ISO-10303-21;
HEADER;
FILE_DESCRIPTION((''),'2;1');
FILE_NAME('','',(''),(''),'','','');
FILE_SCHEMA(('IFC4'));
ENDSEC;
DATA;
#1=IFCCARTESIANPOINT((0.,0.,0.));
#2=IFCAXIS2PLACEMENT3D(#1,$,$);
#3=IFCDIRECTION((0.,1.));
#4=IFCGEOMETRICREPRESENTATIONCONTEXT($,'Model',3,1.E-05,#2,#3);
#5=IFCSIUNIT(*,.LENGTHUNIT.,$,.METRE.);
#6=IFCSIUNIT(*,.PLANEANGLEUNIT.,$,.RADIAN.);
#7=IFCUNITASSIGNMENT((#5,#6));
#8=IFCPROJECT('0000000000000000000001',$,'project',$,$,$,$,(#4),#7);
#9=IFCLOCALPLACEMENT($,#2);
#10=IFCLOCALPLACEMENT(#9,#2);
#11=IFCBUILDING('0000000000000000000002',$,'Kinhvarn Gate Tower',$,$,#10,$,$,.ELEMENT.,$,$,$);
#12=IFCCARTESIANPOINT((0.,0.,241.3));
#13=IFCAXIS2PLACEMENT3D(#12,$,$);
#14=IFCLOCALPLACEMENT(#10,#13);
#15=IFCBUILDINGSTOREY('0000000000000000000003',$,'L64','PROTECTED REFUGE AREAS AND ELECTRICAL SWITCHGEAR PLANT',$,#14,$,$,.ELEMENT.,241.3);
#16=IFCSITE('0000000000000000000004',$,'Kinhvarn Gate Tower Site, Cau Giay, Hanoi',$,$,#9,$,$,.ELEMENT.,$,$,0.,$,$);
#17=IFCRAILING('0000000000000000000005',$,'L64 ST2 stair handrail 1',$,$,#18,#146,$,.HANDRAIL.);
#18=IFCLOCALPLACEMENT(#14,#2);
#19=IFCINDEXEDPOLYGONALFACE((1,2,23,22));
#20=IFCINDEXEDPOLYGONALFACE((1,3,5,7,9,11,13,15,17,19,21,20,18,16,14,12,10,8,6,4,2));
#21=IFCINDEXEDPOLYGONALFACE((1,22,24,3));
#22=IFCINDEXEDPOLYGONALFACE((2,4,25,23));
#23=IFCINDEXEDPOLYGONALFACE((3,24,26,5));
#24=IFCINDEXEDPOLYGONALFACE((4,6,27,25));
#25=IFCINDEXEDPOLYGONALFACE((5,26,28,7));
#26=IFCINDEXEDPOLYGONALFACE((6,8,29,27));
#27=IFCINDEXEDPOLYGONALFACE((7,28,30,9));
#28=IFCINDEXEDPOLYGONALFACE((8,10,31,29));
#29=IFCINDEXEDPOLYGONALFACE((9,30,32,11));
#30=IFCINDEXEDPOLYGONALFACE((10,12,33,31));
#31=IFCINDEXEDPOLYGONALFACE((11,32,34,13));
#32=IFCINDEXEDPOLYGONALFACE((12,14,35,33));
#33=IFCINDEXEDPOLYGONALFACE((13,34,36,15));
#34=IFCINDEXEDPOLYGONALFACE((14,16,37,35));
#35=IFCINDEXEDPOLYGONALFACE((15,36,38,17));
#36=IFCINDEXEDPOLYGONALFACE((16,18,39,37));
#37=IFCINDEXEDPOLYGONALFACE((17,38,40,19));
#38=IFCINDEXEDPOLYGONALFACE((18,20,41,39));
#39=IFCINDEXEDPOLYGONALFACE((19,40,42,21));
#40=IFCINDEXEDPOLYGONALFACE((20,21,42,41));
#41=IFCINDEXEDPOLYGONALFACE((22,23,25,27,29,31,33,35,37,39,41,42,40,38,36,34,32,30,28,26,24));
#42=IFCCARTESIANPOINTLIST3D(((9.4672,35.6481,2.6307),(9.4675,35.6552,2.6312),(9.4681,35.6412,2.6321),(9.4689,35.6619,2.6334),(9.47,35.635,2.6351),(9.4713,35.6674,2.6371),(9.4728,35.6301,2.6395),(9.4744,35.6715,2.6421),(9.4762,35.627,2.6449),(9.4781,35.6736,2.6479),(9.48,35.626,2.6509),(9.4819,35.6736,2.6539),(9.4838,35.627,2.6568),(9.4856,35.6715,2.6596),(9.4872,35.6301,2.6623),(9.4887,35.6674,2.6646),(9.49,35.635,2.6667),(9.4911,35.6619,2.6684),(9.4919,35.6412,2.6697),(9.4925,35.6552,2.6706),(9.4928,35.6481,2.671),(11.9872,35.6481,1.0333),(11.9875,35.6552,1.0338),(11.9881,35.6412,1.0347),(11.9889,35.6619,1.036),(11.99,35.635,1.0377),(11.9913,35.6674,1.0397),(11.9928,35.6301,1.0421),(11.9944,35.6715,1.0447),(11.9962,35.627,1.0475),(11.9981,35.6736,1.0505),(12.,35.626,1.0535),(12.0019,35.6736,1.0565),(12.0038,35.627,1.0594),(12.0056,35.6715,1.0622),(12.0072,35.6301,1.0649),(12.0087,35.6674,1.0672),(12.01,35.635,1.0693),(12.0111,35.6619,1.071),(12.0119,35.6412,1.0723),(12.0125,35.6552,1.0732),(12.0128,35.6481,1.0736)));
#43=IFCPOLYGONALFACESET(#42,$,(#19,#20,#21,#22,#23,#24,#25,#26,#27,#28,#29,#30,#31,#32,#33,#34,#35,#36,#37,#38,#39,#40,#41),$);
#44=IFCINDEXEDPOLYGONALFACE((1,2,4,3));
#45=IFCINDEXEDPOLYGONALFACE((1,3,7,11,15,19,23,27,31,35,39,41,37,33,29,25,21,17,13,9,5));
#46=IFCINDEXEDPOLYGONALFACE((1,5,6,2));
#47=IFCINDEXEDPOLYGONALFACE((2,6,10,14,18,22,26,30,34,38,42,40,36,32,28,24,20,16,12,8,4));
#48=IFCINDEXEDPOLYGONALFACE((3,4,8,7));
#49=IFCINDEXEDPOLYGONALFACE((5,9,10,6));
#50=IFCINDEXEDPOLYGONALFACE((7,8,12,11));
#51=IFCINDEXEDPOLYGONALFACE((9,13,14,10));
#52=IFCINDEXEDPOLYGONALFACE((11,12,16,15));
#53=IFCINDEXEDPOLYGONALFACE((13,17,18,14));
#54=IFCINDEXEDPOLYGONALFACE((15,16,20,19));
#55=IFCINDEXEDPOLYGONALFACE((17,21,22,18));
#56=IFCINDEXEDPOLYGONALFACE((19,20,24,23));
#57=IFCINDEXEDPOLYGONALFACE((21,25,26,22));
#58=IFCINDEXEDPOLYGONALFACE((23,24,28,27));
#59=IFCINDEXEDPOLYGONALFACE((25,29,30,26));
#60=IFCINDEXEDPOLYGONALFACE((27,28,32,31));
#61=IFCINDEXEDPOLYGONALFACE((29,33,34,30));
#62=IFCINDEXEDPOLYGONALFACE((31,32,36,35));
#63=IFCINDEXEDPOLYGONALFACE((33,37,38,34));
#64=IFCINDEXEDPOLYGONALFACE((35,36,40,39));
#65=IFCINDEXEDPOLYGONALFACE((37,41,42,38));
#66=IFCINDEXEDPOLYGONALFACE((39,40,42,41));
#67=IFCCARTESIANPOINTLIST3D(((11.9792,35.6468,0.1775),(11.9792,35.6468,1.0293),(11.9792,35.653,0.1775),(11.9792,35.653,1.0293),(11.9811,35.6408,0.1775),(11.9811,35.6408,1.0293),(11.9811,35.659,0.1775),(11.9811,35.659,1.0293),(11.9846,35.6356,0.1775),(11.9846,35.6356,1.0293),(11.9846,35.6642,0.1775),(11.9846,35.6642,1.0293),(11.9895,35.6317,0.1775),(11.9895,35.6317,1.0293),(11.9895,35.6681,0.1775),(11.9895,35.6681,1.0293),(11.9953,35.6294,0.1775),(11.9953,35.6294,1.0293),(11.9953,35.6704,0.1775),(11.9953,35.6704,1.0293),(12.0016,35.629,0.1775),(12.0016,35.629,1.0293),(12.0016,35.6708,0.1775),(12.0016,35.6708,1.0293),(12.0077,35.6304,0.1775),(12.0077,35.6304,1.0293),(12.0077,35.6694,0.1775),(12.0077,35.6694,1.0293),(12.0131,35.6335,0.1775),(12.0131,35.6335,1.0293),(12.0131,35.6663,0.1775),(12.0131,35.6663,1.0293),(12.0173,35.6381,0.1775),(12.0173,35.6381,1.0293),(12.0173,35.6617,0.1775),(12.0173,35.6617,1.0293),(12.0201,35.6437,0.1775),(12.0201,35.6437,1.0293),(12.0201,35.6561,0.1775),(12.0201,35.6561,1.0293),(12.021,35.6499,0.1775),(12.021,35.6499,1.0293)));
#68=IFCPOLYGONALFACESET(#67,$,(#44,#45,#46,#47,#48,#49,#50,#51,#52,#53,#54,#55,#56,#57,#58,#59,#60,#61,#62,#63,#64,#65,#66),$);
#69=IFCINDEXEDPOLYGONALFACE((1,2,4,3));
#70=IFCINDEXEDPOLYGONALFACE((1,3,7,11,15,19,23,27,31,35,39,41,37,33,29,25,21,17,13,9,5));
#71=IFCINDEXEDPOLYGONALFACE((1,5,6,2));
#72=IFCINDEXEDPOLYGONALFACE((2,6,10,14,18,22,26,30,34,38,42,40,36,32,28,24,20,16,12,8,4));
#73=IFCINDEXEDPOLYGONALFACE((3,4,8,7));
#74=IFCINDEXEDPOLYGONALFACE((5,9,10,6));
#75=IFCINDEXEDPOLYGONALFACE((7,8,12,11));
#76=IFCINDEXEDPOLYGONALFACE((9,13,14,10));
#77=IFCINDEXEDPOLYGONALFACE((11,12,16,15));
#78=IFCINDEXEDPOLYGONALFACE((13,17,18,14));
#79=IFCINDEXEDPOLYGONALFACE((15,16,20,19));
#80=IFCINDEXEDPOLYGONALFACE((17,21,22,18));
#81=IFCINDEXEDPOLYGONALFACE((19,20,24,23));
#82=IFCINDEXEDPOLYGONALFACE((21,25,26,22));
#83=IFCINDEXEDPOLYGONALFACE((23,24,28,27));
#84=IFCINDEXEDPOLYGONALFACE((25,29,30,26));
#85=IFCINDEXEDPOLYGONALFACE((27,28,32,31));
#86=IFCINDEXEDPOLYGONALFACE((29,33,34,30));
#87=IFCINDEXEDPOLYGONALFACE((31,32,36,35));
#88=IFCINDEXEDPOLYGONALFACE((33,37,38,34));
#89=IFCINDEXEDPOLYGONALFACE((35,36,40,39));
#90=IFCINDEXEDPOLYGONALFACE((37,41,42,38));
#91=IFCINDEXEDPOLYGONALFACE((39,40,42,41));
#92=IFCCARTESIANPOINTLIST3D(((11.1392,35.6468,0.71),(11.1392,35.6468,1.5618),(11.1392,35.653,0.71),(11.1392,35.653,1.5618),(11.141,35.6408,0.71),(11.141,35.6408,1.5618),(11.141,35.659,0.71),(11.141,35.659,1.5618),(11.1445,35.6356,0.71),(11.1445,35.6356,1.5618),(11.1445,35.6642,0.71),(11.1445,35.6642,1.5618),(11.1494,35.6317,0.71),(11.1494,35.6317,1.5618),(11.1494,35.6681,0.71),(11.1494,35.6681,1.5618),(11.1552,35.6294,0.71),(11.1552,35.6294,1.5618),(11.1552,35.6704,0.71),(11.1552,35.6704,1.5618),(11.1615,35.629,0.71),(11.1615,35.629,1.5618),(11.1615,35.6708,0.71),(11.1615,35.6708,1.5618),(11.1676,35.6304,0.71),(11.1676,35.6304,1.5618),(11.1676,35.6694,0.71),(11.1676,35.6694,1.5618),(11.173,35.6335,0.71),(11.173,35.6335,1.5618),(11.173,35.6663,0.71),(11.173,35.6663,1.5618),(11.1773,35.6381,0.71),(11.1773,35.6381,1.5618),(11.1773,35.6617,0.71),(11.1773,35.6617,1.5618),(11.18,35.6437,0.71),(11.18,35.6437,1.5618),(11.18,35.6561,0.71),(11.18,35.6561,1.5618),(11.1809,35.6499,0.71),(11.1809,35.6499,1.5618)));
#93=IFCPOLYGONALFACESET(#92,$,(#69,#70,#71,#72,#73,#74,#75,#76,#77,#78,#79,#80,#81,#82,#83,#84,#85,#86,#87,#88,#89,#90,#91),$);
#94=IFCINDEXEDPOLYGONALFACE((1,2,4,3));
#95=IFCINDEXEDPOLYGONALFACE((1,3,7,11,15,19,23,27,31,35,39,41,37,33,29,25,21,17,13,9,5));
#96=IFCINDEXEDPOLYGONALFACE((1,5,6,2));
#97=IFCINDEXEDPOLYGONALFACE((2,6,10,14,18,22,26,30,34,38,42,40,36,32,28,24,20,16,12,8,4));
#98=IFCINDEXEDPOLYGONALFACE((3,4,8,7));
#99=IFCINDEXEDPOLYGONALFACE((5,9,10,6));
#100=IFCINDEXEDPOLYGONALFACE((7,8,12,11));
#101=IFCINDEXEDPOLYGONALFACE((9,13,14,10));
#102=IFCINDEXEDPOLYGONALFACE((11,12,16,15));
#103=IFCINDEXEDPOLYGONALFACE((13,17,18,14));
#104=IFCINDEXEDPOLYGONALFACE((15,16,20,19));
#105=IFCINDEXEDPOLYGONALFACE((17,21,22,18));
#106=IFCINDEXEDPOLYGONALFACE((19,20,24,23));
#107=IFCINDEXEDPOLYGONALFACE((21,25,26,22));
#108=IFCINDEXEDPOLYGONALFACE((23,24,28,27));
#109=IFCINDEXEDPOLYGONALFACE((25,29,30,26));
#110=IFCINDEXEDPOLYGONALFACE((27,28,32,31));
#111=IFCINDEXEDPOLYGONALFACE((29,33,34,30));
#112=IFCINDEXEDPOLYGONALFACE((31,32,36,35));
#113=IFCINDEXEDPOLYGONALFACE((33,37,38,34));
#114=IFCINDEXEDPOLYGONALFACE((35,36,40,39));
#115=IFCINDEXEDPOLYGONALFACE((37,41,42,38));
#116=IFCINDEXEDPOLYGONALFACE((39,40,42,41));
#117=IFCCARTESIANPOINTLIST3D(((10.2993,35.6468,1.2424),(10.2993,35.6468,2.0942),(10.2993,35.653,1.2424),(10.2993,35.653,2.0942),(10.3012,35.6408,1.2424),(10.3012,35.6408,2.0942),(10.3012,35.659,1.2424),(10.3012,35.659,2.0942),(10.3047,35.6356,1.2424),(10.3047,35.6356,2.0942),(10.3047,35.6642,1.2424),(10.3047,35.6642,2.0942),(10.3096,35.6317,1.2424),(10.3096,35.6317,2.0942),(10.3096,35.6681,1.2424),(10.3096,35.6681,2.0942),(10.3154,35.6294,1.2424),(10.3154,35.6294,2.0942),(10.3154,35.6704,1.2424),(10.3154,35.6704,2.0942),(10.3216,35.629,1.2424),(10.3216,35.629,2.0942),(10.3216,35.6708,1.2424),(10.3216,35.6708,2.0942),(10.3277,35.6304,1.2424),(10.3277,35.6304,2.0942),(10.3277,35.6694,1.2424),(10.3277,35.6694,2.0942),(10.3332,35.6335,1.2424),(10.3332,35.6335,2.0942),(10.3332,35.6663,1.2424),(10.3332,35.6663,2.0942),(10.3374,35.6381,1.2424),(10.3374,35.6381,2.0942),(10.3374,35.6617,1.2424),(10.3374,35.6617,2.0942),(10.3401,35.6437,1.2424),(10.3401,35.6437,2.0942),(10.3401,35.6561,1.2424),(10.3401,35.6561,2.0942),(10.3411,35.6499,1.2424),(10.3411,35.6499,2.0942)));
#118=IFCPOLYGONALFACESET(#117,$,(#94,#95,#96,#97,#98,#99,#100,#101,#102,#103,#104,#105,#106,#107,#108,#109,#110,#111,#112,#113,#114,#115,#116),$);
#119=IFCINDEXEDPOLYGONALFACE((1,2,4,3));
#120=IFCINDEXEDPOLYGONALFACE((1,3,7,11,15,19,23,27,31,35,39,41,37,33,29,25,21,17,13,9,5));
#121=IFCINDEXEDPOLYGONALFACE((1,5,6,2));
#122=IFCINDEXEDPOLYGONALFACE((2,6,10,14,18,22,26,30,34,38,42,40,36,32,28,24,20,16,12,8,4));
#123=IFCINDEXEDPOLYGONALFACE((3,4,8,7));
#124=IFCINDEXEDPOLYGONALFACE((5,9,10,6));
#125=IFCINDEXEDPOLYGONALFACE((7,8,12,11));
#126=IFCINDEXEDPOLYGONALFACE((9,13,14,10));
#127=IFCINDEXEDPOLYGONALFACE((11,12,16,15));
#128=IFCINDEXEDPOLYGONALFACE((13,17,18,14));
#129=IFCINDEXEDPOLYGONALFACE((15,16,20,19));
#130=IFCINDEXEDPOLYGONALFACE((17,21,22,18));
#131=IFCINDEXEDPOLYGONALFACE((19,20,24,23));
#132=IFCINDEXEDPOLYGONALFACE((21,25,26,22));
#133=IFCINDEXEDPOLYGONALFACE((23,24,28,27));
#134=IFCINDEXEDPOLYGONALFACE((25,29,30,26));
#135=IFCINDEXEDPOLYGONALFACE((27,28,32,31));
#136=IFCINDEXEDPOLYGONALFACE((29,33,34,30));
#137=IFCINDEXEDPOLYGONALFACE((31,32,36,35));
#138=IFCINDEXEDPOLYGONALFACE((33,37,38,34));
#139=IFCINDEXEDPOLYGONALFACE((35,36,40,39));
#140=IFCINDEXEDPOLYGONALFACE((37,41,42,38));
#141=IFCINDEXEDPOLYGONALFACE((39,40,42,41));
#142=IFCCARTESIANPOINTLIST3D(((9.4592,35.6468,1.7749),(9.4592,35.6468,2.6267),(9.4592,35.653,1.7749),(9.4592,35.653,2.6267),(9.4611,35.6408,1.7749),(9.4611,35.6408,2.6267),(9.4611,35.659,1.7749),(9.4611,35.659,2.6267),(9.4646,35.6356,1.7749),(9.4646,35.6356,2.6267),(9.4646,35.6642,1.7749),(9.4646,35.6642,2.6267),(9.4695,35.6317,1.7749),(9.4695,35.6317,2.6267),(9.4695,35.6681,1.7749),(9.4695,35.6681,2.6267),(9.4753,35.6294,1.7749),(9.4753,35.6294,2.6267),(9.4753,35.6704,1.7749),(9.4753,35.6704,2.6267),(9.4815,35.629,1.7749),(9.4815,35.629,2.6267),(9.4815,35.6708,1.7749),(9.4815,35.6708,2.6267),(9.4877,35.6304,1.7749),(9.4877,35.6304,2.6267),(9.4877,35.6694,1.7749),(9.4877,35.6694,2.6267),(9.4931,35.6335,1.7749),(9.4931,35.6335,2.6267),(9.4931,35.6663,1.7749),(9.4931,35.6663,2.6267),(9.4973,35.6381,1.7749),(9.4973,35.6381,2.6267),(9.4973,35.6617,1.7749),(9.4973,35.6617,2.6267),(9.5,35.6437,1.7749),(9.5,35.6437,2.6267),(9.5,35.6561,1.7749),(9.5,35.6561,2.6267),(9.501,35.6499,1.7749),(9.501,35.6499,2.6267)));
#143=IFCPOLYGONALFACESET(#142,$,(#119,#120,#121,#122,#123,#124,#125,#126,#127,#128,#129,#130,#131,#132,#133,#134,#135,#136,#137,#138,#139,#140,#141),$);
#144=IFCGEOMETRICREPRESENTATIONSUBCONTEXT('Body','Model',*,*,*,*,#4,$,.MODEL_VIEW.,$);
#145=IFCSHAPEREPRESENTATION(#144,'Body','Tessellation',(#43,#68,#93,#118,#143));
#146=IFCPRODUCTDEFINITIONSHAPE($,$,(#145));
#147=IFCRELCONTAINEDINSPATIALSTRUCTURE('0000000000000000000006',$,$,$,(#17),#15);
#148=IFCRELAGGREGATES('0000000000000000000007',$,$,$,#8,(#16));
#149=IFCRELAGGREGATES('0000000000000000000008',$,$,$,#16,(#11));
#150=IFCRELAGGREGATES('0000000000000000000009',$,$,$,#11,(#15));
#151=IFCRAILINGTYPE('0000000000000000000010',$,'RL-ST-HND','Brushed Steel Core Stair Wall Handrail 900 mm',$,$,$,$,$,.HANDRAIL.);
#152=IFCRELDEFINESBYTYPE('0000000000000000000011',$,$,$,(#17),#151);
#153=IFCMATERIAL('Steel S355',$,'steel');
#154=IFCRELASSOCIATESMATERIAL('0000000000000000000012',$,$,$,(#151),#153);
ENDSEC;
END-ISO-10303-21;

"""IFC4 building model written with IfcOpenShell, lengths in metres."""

from ifc_helpers import new_model, si_unit, direction, frame, origin, origin_2d, place, context, subcontext, project, spatial, circle, extrude, material, type_object, element, save


model = new_model("IFC4")

# Units and contexts
model_context = context("Model", 3, precision=1e-05, world=origin(), true_north=direction((0.0, 1.0)))
body_context = subcontext(model_context, "Body", "Model", "MODEL_VIEW")
ifc_project = project(units=[si_unit("LENGTHUNIT", "METRE"), si_unit("PLANEANGLEUNIT", "RADIAN")], contexts=[model_context])

# Site, building, storey
site_placement = place(None, origin())
site = spatial("IfcSite", under=ifc_project, at=site_placement, Name="Kinhvarn Gate Tower Site, Cau Giay, Hanoi", CompositionType="ELEMENT", RefElevation=0.0)
building_placement = place(site_placement, origin())
building = spatial("IfcBuilding", under=site, at=building_placement, Name="Kinhvarn Gate Tower", CompositionType="ELEMENT")
storey_placement = place(building_placement, frame((0.0, 0.0, 241.3)))
storey = spatial("IfcBuildingStorey", under=building, at=storey_placement, Name="L64", Description="PROTECTED REFUGE AREAS AND ELECTRICAL SWITCHGEAR PLANT", CompositionType="ELEMENT", Elevation=241.3)

# Shared definitions
ifc_material_1 = material(Name="Steel S355", Category="steel")

# Railing
railing_type_1 = type_object("IfcRailingType", Name="RL-ST-HND", Description="Brushed Steel Core Stair Wall Handrail 900 mm", PredefinedType="HANDRAIL", material=ifc_material_1)
railing_1_placement = place(storey_placement, frame((12.0, 35.6499, 0.1775)))
element("IfcRailing", 1, at=railing_1_placement, inside=storey, type_object=railing_type_1, Name="L64 ST2 stair handrail 1", PredefinedType="HANDRAIL", context=body_context, shape_type="SweptSolid", body=[
    extrude(circle(Radius=0.0239, at=origin_2d()), frame((0.0, 0.0, 0.876), z_axis=(-0.844607, 0.0, 0.535387), x_axis=(0.0, -1.0, 0.0)), (0.0, 0.0, 1.0), 2.9836),
    extrude(circle(Radius=0.021, at=origin_2d()), origin(), (0.0, 0.0, 1.0), 0.8518),
    extrude(circle(Radius=0.021, at=origin_2d()), frame((-0.8401, 0.0, 0.5325)), (0.0, 0.0, 1.0), 0.8518),
    extrude(circle(Radius=0.021, at=origin_2d()), frame((-1.6799, 0.0, 1.0649)), (0.0, 0.0, 1.0), 0.8518),
    extrude(circle(Radius=0.021, at=origin_2d()), frame((-2.52, 0.0, 1.5974)), (0.0, 0.0, 1.0), 0.8518),
])

save(model, "model.ifc")
